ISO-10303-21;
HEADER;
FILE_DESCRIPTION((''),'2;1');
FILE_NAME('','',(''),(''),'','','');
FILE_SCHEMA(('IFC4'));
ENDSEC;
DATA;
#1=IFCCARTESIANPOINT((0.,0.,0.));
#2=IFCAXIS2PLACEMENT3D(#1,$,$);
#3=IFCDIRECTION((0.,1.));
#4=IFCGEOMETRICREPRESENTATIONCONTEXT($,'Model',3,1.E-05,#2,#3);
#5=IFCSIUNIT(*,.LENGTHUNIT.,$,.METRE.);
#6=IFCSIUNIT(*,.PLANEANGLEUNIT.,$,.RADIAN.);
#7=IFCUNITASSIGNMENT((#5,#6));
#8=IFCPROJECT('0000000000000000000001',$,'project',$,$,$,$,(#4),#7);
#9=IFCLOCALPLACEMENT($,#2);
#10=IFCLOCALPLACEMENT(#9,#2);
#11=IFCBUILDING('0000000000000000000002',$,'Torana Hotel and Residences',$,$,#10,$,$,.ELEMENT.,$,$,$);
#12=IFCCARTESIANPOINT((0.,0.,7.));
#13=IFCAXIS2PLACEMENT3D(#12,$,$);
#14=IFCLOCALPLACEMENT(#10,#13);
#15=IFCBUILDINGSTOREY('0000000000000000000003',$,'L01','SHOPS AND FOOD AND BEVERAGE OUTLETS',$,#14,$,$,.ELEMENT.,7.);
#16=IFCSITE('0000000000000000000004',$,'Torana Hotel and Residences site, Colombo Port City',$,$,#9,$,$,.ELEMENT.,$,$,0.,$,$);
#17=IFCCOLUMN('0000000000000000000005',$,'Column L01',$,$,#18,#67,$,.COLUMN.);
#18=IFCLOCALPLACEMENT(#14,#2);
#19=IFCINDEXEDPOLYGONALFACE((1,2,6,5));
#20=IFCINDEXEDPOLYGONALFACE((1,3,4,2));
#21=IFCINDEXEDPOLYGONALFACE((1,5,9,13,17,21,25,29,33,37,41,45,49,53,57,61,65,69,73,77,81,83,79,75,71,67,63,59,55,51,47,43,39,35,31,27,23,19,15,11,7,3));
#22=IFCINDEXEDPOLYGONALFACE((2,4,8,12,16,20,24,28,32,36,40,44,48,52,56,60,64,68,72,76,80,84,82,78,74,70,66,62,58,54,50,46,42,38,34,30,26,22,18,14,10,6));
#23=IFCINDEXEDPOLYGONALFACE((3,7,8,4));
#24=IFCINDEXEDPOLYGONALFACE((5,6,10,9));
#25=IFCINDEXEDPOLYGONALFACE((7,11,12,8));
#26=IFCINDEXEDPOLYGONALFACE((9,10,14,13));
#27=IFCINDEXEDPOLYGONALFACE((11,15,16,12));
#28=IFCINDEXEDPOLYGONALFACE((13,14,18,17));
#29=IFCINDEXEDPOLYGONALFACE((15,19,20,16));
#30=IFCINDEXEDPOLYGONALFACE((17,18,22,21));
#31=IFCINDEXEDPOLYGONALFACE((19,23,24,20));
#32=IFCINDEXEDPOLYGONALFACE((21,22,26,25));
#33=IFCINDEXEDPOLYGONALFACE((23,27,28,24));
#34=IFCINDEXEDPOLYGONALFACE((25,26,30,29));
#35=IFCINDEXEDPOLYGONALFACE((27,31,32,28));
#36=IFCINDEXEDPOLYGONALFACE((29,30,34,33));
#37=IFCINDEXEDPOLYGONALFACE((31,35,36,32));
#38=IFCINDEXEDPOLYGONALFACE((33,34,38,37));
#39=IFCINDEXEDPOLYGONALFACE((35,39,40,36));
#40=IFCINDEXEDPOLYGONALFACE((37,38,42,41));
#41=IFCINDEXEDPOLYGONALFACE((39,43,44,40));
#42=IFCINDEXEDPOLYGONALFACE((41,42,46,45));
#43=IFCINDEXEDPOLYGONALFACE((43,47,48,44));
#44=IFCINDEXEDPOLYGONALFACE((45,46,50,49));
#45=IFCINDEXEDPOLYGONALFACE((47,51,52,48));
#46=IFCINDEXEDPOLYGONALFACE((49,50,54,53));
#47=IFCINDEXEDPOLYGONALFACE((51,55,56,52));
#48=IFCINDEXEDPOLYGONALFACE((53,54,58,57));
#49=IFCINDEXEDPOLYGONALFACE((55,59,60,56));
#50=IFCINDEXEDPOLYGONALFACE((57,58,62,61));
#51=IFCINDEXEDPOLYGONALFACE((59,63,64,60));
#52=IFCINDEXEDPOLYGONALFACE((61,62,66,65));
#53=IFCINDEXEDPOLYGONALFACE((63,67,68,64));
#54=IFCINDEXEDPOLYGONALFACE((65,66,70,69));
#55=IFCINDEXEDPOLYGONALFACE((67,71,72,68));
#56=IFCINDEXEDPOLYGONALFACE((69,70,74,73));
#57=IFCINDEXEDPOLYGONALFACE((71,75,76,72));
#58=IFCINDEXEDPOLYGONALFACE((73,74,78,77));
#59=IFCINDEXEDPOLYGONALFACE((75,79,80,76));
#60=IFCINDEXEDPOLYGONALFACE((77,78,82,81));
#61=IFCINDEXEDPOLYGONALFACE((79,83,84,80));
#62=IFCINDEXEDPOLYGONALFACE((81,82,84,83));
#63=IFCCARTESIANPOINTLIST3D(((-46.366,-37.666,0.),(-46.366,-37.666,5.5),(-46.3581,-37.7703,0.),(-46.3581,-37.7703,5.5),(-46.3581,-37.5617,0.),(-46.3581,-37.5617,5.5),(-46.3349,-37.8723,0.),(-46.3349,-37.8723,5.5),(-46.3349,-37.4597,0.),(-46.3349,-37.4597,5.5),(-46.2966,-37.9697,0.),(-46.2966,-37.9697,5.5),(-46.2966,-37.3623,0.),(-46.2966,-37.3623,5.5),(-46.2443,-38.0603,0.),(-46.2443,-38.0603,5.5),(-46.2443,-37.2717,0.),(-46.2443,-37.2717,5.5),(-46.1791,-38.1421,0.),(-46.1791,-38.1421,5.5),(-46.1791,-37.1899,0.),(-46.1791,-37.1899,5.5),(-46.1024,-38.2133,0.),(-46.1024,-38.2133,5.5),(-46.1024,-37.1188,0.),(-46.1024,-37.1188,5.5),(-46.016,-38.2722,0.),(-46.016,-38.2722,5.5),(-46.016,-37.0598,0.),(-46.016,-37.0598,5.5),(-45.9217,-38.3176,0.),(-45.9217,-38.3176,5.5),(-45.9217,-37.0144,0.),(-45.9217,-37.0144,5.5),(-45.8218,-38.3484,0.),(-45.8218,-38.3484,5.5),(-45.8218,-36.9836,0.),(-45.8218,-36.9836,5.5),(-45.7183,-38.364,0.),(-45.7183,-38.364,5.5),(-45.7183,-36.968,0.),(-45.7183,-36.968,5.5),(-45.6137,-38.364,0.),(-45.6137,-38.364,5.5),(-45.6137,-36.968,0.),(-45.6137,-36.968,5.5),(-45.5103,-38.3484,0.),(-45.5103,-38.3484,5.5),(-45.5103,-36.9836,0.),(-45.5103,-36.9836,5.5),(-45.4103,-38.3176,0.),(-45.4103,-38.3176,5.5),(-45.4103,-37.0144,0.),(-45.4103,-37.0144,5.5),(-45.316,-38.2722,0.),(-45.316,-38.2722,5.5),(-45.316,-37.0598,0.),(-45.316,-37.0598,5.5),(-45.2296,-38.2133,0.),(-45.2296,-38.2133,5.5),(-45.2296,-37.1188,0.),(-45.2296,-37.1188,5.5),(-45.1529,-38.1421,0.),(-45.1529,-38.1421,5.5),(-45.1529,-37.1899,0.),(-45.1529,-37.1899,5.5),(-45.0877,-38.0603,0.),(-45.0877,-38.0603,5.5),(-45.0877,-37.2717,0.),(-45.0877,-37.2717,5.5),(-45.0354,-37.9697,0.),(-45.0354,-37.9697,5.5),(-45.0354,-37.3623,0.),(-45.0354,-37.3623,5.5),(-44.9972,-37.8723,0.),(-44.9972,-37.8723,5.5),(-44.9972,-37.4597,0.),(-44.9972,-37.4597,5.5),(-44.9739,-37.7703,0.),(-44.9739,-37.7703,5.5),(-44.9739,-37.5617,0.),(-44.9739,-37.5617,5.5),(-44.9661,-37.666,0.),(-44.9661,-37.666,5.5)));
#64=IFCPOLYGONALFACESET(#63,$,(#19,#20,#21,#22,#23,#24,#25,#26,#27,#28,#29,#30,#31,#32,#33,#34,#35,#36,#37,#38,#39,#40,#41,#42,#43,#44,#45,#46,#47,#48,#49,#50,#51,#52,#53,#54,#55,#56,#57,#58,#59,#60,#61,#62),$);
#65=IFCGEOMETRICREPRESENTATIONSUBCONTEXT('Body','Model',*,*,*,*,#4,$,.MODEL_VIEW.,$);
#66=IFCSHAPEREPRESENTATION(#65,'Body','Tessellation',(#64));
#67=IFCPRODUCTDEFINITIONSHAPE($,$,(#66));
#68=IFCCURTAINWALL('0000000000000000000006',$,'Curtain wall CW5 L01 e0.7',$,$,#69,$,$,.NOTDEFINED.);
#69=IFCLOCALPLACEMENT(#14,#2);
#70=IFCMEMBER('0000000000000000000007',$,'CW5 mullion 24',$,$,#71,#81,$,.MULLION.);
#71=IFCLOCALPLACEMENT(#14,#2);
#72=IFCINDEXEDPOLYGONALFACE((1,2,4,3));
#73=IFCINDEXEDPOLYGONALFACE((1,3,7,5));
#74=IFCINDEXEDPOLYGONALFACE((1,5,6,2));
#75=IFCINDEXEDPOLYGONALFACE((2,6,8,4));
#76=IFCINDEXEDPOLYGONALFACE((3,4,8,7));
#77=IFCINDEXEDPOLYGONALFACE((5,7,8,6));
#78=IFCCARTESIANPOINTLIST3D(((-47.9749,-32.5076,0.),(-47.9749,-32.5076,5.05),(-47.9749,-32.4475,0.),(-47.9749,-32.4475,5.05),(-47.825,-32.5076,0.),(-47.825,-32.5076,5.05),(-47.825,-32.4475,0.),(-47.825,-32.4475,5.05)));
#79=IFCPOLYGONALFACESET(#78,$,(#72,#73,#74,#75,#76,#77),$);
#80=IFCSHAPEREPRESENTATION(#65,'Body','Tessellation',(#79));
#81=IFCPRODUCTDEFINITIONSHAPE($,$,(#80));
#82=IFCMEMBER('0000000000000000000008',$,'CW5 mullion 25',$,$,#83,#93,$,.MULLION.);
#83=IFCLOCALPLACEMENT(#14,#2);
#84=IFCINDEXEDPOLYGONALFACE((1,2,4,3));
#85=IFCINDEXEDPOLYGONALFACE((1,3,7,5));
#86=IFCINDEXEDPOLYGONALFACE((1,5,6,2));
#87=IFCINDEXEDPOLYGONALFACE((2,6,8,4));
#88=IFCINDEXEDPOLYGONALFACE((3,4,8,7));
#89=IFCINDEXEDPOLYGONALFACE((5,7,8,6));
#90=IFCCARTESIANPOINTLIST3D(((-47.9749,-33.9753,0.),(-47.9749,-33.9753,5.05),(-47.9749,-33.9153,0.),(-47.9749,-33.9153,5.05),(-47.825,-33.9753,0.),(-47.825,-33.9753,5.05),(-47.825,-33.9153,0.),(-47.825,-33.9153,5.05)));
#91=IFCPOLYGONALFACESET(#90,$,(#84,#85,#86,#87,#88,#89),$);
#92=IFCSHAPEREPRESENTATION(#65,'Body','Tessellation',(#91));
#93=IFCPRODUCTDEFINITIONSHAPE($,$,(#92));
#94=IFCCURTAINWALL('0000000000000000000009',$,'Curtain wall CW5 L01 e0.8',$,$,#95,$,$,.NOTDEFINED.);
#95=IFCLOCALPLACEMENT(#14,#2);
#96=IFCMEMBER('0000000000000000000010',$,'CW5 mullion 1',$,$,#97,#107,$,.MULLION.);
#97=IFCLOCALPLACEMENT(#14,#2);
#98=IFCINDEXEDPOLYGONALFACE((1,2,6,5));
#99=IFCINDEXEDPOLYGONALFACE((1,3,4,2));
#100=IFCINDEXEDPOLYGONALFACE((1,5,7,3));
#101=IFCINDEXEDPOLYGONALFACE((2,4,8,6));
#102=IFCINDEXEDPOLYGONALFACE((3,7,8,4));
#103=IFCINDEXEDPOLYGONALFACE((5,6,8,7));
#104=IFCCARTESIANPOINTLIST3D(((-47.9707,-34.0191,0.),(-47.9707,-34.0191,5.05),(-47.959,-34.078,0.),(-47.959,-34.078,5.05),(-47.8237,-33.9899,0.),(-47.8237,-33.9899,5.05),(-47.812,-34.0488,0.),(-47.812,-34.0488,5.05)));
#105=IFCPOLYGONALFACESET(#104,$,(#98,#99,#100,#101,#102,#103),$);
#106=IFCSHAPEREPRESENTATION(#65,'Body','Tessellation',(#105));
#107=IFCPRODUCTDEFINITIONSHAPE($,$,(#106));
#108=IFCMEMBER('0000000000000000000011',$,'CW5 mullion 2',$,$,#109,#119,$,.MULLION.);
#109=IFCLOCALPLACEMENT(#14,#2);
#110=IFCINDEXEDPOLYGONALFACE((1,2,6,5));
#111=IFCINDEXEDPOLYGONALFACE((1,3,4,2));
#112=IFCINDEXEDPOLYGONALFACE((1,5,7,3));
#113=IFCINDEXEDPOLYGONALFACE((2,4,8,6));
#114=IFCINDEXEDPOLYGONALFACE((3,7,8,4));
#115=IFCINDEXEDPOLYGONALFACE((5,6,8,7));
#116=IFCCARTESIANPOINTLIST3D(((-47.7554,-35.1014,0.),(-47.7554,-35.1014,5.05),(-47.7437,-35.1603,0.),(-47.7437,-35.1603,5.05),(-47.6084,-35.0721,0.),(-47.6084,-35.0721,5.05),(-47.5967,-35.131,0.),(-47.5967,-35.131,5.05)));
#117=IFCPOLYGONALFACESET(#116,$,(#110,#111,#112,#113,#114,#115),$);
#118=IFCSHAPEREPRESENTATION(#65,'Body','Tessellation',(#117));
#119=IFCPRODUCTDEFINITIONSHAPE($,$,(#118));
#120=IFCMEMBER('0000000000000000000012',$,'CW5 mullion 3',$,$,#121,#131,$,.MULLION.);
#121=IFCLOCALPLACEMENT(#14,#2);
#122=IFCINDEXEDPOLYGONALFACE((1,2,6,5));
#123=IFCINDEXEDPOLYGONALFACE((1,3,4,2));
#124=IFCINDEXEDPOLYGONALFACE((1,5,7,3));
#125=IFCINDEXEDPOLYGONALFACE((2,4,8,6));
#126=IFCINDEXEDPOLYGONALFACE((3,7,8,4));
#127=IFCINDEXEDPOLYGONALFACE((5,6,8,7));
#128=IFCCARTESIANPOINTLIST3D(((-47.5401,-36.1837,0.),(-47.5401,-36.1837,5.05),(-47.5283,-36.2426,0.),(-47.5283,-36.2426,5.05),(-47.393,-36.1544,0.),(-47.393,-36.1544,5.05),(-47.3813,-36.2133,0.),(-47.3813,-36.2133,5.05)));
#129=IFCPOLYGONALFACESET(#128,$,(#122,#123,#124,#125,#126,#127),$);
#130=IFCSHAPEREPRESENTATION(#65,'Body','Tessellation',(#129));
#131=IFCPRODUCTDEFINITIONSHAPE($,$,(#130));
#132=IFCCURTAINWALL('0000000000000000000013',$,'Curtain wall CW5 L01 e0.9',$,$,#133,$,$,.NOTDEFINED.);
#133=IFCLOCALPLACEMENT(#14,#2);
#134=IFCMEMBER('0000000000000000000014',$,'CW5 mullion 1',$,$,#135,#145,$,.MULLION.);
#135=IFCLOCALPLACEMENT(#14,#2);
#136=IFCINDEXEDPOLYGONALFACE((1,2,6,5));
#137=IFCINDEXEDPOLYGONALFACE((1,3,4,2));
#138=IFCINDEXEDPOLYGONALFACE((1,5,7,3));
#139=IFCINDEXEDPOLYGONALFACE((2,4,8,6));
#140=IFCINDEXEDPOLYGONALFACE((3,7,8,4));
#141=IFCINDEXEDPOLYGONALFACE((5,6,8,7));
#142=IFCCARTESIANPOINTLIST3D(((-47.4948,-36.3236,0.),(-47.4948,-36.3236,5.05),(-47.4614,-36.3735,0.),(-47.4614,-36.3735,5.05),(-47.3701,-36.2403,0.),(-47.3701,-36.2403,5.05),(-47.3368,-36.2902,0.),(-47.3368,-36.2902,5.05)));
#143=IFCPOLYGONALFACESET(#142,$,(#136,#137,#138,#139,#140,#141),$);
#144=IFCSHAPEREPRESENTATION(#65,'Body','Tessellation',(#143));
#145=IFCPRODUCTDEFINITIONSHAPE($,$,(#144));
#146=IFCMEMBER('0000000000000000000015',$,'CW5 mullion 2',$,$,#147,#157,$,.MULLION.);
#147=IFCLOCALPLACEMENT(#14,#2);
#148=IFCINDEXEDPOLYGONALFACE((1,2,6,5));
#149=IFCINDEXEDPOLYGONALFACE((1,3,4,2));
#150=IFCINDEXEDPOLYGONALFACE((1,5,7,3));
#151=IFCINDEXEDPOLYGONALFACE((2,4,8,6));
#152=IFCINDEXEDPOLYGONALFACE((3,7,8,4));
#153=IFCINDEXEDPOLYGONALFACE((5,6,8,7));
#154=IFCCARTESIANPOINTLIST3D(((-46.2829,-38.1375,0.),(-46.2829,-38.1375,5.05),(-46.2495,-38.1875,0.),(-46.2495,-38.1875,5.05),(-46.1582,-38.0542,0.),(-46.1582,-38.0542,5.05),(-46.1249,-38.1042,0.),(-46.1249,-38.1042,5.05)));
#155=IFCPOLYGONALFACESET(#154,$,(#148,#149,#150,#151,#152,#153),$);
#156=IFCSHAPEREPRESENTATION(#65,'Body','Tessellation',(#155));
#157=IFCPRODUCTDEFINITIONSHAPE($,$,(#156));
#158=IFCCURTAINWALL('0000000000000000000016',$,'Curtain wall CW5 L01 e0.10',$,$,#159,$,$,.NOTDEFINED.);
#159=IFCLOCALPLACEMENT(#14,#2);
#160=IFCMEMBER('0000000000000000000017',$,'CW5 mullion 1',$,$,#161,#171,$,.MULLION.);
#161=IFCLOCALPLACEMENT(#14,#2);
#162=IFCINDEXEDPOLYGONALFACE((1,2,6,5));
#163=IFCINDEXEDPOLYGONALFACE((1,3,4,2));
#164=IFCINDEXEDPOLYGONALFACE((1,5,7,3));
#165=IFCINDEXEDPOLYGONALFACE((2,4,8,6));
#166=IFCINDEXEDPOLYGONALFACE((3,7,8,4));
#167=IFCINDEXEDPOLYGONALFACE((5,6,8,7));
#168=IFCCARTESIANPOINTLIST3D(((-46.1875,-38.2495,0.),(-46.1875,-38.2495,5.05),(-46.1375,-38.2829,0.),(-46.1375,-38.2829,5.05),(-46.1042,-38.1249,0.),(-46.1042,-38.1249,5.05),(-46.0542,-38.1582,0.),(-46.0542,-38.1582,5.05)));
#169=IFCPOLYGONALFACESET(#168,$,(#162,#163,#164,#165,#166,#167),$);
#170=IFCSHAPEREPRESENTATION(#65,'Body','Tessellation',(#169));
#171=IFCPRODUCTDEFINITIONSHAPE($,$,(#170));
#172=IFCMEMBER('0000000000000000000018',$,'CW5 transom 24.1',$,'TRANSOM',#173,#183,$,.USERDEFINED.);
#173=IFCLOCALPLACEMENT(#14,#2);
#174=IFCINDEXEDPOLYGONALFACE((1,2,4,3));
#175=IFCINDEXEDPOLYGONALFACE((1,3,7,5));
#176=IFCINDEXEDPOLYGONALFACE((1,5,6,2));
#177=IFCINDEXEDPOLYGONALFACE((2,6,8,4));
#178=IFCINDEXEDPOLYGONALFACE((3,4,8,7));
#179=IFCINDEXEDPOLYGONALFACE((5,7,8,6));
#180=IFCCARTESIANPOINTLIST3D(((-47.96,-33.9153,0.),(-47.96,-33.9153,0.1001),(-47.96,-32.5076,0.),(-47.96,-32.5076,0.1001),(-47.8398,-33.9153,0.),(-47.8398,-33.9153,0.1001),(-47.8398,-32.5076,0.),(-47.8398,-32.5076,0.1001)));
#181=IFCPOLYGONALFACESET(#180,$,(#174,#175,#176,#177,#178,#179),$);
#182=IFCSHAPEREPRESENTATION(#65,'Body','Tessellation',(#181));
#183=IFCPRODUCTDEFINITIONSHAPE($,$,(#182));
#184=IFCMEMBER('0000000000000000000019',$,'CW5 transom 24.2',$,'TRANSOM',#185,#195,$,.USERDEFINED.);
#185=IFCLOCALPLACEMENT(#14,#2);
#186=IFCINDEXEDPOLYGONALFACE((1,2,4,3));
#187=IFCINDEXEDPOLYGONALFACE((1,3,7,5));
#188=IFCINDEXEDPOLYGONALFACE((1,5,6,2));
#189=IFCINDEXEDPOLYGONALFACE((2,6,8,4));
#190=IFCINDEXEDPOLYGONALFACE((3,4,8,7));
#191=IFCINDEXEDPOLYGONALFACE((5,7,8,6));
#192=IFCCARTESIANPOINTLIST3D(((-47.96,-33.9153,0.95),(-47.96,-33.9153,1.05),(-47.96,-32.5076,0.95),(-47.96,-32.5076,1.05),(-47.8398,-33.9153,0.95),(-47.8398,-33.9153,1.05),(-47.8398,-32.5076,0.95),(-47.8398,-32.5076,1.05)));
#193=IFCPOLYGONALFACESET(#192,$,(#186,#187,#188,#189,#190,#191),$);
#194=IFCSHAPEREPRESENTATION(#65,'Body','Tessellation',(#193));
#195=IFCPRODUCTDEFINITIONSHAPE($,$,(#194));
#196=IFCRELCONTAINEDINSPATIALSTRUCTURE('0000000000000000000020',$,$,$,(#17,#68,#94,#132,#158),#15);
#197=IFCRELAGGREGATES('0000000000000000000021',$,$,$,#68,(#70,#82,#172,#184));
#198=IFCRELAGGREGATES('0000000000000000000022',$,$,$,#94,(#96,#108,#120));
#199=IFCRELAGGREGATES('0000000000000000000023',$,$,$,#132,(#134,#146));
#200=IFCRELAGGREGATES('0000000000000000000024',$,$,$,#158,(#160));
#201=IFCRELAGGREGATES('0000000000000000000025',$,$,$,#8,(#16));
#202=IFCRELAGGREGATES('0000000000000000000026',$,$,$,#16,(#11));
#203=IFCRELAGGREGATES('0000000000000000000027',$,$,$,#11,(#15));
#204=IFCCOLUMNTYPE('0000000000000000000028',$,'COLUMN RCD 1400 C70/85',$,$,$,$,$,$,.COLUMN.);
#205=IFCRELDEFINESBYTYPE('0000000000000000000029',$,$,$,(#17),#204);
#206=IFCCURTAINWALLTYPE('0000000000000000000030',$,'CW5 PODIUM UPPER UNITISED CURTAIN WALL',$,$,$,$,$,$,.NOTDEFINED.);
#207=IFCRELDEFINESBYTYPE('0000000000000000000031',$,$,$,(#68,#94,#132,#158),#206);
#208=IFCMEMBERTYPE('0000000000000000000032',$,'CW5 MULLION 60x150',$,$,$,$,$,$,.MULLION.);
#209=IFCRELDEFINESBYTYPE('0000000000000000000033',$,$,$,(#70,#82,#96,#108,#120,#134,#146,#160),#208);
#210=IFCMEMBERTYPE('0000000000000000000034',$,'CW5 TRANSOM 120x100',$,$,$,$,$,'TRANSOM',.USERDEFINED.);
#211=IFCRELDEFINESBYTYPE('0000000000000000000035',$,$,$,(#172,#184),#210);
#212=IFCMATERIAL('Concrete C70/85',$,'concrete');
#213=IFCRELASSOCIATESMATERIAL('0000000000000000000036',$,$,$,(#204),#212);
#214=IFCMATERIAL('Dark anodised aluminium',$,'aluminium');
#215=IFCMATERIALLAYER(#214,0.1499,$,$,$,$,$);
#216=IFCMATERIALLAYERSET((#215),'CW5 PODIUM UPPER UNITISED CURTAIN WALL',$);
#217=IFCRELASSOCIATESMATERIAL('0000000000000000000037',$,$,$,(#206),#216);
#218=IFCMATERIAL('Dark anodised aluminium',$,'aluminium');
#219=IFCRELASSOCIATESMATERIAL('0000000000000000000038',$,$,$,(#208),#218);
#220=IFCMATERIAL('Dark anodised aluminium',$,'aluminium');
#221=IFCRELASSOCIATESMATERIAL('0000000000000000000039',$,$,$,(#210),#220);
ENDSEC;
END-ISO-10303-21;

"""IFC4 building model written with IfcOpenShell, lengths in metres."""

from ifc_helpers import new_model, si_unit, direction, frame, origin, origin_2d, place, context, subcontext, project, spatial, rectangle, circle, extrude, material, layer, layer_set, material_profile, profile_set, type_object, element, aggregate, save


model = new_model("IFC4")

# Units and contexts
model_context = context("Model", 3, precision=1e-05, world=origin(), true_north=direction((0.0, 1.0)))
body_context = subcontext(model_context, "Body", "Model", "MODEL_VIEW")
ifc_project = project(units=[si_unit("LENGTHUNIT", "METRE"), si_unit("PLANEANGLEUNIT", "RADIAN")], contexts=[model_context])

# Site, building, storey
site_placement = place(None, origin())
site = spatial("IfcSite", under=ifc_project, at=site_placement, Name="Torana Hotel and Residences site, Colombo Port City", CompositionType="ELEMENT", RefElevation=0.0)
building_placement = place(site_placement, origin())
building = spatial("IfcBuilding", under=site, at=building_placement, Name="Torana Hotel and Residences", CompositionType="ELEMENT")
storey_placement = place(building_placement, frame((0.0, 0.0, 7.0)))
storey = spatial("IfcBuildingStorey", under=building, at=storey_placement, Name="L01", Description="SHOPS AND FOOD AND BEVERAGE OUTLETS", CompositionType="ELEMENT", Elevation=7.0)

# Column
ifc_material_1 = material(Name="Concrete C70/85", Category="concrete")
ifc_material_profile_1 = material_profile(ifc_material_1, circle(Radius=0.7, at=origin_2d()), Name="RCD 1400")
ifc_profile_set_1 = profile_set([ifc_material_profile_1], Name="Concrete C70/85")
column_type = type_object("IfcColumnType", Name="COLUMN RCD 1400 C70/85", PredefinedType="COLUMN", material=ifc_profile_set_1)
column_placement = place(storey_placement, frame((-45.666, -37.666, 0.0), z_axis=(0.0, 0.0, 1.0), x_axis=(1.0, 0.0, 0.0)))
element("IfcColumn", 1, at=column_placement, inside=storey, type_object=column_type, Name="Column L01", PredefinedType="COLUMN", context=body_context, shape_type="SweptSolid", body=[
    extrude(circle(Radius=0.7, at=origin_2d()), origin(), (0.0, 0.0, 1.0), 5.5),
])

# Curtain walls, members
ifc_material_2 = material(Name="Dark anodised aluminium", Category="aluminium")
ifc_layer_1 = layer(ifc_material_2, 0.1499)
ifc_layer_set_1 = layer_set([ifc_layer_1], Name="CW5 PODIUM UPPER UNITISED CURTAIN WALL")
curtain_wall_type = type_object("IfcCurtainWallType", Name="CW5 PODIUM UPPER UNITISED CURTAIN WALL", PredefinedType="NOTDEFINED", material=ifc_layer_set_1)
curtain_wall_1_placement = place(storey_placement, origin())
curtain_wall_1 = element("IfcCurtainWall", 2, at=curtain_wall_1_placement, inside=storey, type_object=curtain_wall_type, Name="Curtain wall CW5 L01 e0.7", PredefinedType="NOTDEFINED")
ifc_material_3 = material(Name="Dark anodised aluminium", Category="aluminium")
ifc_material_profile_2 = material_profile(ifc_material_3, rectangle(XDim=0.1499, YDim=0.0601, at=origin_2d()), Name="CW5 MULLION 60x150")
ifc_profile_set_2 = profile_set([ifc_material_profile_2], Name="Dark anodised aluminium")
member_type_1 = type_object("IfcMemberType", Name="CW5 MULLION 60x150", PredefinedType="MULLION", material=ifc_profile_set_2)
member_1_placement = place(storey_placement, frame((-47.8999, -32.4775, 0.0), z_axis=(0.0, 0.0, 1.0), x_axis=(1.0, 0.0, 0.0)))
member_1 = element("IfcMember", 3, at=member_1_placement, type_object=member_type_1, Name="CW5 mullion 24", PredefinedType="MULLION", context=body_context, shape_type="SweptSolid", body=[
    extrude(rectangle(XDim=0.1499, YDim=0.0601, at=origin_2d()), origin(), (0.0, 0.0, 1.0), 5.05),
])
member_2_placement = place(storey_placement, frame((-47.8999, -33.9453, 0.0), z_axis=(0.0, 0.0, 1.0), x_axis=(1.0, 0.0, 0.0)))
member_2 = element("IfcMember", 4, at=member_2_placement, type_object=member_type_1, Name="CW5 mullion 25", PredefinedType="MULLION", context=body_context, shape_type="SweptSolid", body=[
    extrude(rectangle(XDim=0.1499, YDim=0.0601, at=origin_2d()), origin(), (0.0, 0.0, 1.0), 5.05),
])
curtain_wall_2_placement = place(storey_placement, origin())
curtain_wall_2 = element("IfcCurtainWall", 5, at=curtain_wall_2_placement, inside=storey, type_object=curtain_wall_type, Name="Curtain wall CW5 L01 e0.8", PredefinedType="NOTDEFINED")
member_3_placement = place(storey_placement, frame((-47.8914, -34.0339, 0.0), z_axis=(0.0, 0.0, 1.0), x_axis=(0.980787, 0.195081, 0.0)))
member_3 = element("IfcMember", 6, at=member_3_placement, type_object=member_type_1, Name="CW5 mullion 1", PredefinedType="MULLION", context=body_context, shape_type="SweptSolid", body=[
    extrude(rectangle(XDim=0.1499, YDim=0.0601, at=origin_2d()), origin(), (0.0, 0.0, 1.0), 5.05),
])
member_4_placement = place(storey_placement, frame((-47.676, -35.1162, 0.0), z_axis=(0.0, 0.0, 1.0), x_axis=(0.980787, 0.195081, 0.0)))
member_4 = element("IfcMember", 7, at=member_4_placement, type_object=member_type_1, Name="CW5 mullion 2", PredefinedType="MULLION", context=body_context, shape_type="SweptSolid", body=[
    extrude(rectangle(XDim=0.1499, YDim=0.0601, at=origin_2d()), origin(), (0.0, 0.0, 1.0), 5.05),
])
member_5_placement = place(storey_placement, frame((-47.4607, -36.1985, 0.0), z_axis=(0.0, 0.0, 1.0), x_axis=(0.980787, 0.195081, 0.0)))
member_5 = element("IfcMember", 8, at=member_5_placement, type_object=member_type_1, Name="CW5 mullion 3", PredefinedType="MULLION", context=body_context, shape_type="SweptSolid", body=[
    extrude(rectangle(XDim=0.1499, YDim=0.0601, at=origin_2d()), origin(), (0.0, 0.0, 1.0), 5.05),
])
curtain_wall_3_placement = place(storey_placement, origin())
curtain_wall_3 = element("IfcCurtainWall", 9, at=curtain_wall_3_placement, inside=storey, type_object=curtain_wall_type, Name="Curtain wall CW5 L01 e0.9", PredefinedType="NOTDEFINED")
member_6_placement = place(storey_placement, frame((-47.4158, -36.3069, 0.0), z_axis=(0.0, 0.0, 1.0), x_axis=(0.83146, 0.555585, 0.0)))
member_6 = element("IfcMember", 10, at=member_6_placement, type_object=member_type_1, Name="CW5 mullion 1", PredefinedType="MULLION", context=body_context, shape_type="SweptSolid", body=[
    extrude(rectangle(XDim=0.1499, YDim=0.0601, at=origin_2d()), origin(), (0.0, 0.0, 1.0), 5.05),
])
member_7_placement = place(storey_placement, frame((-46.2039, -38.1208, 0.0), z_axis=(0.0, 0.0, 1.0), x_axis=(0.83146, 0.555585, 0.0)))
member_7 = element("IfcMember", 11, at=member_7_placement, type_object=member_type_1, Name="CW5 mullion 2", PredefinedType="MULLION", context=body_context, shape_type="SweptSolid", body=[
    extrude(rectangle(XDim=0.1499, YDim=0.0601, at=origin_2d()), origin(), (0.0, 0.0, 1.0), 5.05),
])

# Curtain wall, member
curtain_wall_4_placement = place(storey_placement, origin())
curtain_wall_4 = element("IfcCurtainWall", 12, at=curtain_wall_4_placement, inside=storey, type_object=curtain_wall_type, Name="Curtain wall CW5 L01 e0.10", PredefinedType="NOTDEFINED")
member_8_placement = place(storey_placement, frame((-46.1208, -38.2039, 0.0), z_axis=(0.0, 0.0, 1.0), x_axis=(0.555585, 0.83146, 0.0)))
member_8 = element("IfcMember", 13, at=member_8_placement, type_object=member_type_1, Name="CW5 mullion 1", PredefinedType="MULLION", context=body_context, shape_type="SweptSolid", body=[
    extrude(rectangle(XDim=0.1499, YDim=0.0601, at=origin_2d()), origin(), (0.0, 0.0, 1.0), 5.05),
])

# Members
ifc_material_4 = material(Name="Dark anodised aluminium", Category="aluminium")
ifc_material_profile_3 = material_profile(ifc_material_4, rectangle(XDim=0.1201, YDim=0.1001, at=origin_2d()), Name="CW5 TRANSOM 120x100")
ifc_profile_set_3 = profile_set([ifc_material_profile_3], Name="Dark anodised aluminium")
member_type_2 = type_object("IfcMemberType", Name="CW5 TRANSOM 120x100", ElementType="TRANSOM", PredefinedType="USERDEFINED", material=ifc_profile_set_3)
member_9_placement = place(storey_placement, frame((-47.8999, -32.5076, 0.05), z_axis=(0.0, -1.0, 0.0), x_axis=(1.0, 0.0, 0.0)))
member_9 = element("IfcMember", 14, at=member_9_placement, type_object=member_type_2, Name="CW5 transom 24.1", ObjectType="TRANSOM", PredefinedType="USERDEFINED", context=body_context, shape_type="SweptSolid", body=[
    extrude(rectangle(XDim=0.1201, YDim=0.1001, at=origin_2d()), origin(), (0.0, 0.0, 1.0), 1.4077),
])
member_10_placement = place(storey_placement, frame((-47.8999, -32.5076, 1.0), z_axis=(0.0, -1.0, 0.0), x_axis=(1.0, 0.0, 0.0)))
member_10 = element("IfcMember", 15, at=member_10_placement, type_object=member_type_2, Name="CW5 transom 24.2", ObjectType="TRANSOM", PredefinedType="USERDEFINED", context=body_context, shape_type="SweptSolid", body=[
    extrude(rectangle(XDim=0.1201, YDim=0.1001, at=origin_2d()), origin(), (0.0, 0.0, 1.0), 1.4077),
])

aggregate(curtain_wall_1, [member_1, member_2, member_9, member_10])
aggregate(curtain_wall_2, [member_3, member_4, member_5])
aggregate(curtain_wall_3, [member_6, member_7])
aggregate(curtain_wall_4, [member_8])

save(model, "model.ifc")
